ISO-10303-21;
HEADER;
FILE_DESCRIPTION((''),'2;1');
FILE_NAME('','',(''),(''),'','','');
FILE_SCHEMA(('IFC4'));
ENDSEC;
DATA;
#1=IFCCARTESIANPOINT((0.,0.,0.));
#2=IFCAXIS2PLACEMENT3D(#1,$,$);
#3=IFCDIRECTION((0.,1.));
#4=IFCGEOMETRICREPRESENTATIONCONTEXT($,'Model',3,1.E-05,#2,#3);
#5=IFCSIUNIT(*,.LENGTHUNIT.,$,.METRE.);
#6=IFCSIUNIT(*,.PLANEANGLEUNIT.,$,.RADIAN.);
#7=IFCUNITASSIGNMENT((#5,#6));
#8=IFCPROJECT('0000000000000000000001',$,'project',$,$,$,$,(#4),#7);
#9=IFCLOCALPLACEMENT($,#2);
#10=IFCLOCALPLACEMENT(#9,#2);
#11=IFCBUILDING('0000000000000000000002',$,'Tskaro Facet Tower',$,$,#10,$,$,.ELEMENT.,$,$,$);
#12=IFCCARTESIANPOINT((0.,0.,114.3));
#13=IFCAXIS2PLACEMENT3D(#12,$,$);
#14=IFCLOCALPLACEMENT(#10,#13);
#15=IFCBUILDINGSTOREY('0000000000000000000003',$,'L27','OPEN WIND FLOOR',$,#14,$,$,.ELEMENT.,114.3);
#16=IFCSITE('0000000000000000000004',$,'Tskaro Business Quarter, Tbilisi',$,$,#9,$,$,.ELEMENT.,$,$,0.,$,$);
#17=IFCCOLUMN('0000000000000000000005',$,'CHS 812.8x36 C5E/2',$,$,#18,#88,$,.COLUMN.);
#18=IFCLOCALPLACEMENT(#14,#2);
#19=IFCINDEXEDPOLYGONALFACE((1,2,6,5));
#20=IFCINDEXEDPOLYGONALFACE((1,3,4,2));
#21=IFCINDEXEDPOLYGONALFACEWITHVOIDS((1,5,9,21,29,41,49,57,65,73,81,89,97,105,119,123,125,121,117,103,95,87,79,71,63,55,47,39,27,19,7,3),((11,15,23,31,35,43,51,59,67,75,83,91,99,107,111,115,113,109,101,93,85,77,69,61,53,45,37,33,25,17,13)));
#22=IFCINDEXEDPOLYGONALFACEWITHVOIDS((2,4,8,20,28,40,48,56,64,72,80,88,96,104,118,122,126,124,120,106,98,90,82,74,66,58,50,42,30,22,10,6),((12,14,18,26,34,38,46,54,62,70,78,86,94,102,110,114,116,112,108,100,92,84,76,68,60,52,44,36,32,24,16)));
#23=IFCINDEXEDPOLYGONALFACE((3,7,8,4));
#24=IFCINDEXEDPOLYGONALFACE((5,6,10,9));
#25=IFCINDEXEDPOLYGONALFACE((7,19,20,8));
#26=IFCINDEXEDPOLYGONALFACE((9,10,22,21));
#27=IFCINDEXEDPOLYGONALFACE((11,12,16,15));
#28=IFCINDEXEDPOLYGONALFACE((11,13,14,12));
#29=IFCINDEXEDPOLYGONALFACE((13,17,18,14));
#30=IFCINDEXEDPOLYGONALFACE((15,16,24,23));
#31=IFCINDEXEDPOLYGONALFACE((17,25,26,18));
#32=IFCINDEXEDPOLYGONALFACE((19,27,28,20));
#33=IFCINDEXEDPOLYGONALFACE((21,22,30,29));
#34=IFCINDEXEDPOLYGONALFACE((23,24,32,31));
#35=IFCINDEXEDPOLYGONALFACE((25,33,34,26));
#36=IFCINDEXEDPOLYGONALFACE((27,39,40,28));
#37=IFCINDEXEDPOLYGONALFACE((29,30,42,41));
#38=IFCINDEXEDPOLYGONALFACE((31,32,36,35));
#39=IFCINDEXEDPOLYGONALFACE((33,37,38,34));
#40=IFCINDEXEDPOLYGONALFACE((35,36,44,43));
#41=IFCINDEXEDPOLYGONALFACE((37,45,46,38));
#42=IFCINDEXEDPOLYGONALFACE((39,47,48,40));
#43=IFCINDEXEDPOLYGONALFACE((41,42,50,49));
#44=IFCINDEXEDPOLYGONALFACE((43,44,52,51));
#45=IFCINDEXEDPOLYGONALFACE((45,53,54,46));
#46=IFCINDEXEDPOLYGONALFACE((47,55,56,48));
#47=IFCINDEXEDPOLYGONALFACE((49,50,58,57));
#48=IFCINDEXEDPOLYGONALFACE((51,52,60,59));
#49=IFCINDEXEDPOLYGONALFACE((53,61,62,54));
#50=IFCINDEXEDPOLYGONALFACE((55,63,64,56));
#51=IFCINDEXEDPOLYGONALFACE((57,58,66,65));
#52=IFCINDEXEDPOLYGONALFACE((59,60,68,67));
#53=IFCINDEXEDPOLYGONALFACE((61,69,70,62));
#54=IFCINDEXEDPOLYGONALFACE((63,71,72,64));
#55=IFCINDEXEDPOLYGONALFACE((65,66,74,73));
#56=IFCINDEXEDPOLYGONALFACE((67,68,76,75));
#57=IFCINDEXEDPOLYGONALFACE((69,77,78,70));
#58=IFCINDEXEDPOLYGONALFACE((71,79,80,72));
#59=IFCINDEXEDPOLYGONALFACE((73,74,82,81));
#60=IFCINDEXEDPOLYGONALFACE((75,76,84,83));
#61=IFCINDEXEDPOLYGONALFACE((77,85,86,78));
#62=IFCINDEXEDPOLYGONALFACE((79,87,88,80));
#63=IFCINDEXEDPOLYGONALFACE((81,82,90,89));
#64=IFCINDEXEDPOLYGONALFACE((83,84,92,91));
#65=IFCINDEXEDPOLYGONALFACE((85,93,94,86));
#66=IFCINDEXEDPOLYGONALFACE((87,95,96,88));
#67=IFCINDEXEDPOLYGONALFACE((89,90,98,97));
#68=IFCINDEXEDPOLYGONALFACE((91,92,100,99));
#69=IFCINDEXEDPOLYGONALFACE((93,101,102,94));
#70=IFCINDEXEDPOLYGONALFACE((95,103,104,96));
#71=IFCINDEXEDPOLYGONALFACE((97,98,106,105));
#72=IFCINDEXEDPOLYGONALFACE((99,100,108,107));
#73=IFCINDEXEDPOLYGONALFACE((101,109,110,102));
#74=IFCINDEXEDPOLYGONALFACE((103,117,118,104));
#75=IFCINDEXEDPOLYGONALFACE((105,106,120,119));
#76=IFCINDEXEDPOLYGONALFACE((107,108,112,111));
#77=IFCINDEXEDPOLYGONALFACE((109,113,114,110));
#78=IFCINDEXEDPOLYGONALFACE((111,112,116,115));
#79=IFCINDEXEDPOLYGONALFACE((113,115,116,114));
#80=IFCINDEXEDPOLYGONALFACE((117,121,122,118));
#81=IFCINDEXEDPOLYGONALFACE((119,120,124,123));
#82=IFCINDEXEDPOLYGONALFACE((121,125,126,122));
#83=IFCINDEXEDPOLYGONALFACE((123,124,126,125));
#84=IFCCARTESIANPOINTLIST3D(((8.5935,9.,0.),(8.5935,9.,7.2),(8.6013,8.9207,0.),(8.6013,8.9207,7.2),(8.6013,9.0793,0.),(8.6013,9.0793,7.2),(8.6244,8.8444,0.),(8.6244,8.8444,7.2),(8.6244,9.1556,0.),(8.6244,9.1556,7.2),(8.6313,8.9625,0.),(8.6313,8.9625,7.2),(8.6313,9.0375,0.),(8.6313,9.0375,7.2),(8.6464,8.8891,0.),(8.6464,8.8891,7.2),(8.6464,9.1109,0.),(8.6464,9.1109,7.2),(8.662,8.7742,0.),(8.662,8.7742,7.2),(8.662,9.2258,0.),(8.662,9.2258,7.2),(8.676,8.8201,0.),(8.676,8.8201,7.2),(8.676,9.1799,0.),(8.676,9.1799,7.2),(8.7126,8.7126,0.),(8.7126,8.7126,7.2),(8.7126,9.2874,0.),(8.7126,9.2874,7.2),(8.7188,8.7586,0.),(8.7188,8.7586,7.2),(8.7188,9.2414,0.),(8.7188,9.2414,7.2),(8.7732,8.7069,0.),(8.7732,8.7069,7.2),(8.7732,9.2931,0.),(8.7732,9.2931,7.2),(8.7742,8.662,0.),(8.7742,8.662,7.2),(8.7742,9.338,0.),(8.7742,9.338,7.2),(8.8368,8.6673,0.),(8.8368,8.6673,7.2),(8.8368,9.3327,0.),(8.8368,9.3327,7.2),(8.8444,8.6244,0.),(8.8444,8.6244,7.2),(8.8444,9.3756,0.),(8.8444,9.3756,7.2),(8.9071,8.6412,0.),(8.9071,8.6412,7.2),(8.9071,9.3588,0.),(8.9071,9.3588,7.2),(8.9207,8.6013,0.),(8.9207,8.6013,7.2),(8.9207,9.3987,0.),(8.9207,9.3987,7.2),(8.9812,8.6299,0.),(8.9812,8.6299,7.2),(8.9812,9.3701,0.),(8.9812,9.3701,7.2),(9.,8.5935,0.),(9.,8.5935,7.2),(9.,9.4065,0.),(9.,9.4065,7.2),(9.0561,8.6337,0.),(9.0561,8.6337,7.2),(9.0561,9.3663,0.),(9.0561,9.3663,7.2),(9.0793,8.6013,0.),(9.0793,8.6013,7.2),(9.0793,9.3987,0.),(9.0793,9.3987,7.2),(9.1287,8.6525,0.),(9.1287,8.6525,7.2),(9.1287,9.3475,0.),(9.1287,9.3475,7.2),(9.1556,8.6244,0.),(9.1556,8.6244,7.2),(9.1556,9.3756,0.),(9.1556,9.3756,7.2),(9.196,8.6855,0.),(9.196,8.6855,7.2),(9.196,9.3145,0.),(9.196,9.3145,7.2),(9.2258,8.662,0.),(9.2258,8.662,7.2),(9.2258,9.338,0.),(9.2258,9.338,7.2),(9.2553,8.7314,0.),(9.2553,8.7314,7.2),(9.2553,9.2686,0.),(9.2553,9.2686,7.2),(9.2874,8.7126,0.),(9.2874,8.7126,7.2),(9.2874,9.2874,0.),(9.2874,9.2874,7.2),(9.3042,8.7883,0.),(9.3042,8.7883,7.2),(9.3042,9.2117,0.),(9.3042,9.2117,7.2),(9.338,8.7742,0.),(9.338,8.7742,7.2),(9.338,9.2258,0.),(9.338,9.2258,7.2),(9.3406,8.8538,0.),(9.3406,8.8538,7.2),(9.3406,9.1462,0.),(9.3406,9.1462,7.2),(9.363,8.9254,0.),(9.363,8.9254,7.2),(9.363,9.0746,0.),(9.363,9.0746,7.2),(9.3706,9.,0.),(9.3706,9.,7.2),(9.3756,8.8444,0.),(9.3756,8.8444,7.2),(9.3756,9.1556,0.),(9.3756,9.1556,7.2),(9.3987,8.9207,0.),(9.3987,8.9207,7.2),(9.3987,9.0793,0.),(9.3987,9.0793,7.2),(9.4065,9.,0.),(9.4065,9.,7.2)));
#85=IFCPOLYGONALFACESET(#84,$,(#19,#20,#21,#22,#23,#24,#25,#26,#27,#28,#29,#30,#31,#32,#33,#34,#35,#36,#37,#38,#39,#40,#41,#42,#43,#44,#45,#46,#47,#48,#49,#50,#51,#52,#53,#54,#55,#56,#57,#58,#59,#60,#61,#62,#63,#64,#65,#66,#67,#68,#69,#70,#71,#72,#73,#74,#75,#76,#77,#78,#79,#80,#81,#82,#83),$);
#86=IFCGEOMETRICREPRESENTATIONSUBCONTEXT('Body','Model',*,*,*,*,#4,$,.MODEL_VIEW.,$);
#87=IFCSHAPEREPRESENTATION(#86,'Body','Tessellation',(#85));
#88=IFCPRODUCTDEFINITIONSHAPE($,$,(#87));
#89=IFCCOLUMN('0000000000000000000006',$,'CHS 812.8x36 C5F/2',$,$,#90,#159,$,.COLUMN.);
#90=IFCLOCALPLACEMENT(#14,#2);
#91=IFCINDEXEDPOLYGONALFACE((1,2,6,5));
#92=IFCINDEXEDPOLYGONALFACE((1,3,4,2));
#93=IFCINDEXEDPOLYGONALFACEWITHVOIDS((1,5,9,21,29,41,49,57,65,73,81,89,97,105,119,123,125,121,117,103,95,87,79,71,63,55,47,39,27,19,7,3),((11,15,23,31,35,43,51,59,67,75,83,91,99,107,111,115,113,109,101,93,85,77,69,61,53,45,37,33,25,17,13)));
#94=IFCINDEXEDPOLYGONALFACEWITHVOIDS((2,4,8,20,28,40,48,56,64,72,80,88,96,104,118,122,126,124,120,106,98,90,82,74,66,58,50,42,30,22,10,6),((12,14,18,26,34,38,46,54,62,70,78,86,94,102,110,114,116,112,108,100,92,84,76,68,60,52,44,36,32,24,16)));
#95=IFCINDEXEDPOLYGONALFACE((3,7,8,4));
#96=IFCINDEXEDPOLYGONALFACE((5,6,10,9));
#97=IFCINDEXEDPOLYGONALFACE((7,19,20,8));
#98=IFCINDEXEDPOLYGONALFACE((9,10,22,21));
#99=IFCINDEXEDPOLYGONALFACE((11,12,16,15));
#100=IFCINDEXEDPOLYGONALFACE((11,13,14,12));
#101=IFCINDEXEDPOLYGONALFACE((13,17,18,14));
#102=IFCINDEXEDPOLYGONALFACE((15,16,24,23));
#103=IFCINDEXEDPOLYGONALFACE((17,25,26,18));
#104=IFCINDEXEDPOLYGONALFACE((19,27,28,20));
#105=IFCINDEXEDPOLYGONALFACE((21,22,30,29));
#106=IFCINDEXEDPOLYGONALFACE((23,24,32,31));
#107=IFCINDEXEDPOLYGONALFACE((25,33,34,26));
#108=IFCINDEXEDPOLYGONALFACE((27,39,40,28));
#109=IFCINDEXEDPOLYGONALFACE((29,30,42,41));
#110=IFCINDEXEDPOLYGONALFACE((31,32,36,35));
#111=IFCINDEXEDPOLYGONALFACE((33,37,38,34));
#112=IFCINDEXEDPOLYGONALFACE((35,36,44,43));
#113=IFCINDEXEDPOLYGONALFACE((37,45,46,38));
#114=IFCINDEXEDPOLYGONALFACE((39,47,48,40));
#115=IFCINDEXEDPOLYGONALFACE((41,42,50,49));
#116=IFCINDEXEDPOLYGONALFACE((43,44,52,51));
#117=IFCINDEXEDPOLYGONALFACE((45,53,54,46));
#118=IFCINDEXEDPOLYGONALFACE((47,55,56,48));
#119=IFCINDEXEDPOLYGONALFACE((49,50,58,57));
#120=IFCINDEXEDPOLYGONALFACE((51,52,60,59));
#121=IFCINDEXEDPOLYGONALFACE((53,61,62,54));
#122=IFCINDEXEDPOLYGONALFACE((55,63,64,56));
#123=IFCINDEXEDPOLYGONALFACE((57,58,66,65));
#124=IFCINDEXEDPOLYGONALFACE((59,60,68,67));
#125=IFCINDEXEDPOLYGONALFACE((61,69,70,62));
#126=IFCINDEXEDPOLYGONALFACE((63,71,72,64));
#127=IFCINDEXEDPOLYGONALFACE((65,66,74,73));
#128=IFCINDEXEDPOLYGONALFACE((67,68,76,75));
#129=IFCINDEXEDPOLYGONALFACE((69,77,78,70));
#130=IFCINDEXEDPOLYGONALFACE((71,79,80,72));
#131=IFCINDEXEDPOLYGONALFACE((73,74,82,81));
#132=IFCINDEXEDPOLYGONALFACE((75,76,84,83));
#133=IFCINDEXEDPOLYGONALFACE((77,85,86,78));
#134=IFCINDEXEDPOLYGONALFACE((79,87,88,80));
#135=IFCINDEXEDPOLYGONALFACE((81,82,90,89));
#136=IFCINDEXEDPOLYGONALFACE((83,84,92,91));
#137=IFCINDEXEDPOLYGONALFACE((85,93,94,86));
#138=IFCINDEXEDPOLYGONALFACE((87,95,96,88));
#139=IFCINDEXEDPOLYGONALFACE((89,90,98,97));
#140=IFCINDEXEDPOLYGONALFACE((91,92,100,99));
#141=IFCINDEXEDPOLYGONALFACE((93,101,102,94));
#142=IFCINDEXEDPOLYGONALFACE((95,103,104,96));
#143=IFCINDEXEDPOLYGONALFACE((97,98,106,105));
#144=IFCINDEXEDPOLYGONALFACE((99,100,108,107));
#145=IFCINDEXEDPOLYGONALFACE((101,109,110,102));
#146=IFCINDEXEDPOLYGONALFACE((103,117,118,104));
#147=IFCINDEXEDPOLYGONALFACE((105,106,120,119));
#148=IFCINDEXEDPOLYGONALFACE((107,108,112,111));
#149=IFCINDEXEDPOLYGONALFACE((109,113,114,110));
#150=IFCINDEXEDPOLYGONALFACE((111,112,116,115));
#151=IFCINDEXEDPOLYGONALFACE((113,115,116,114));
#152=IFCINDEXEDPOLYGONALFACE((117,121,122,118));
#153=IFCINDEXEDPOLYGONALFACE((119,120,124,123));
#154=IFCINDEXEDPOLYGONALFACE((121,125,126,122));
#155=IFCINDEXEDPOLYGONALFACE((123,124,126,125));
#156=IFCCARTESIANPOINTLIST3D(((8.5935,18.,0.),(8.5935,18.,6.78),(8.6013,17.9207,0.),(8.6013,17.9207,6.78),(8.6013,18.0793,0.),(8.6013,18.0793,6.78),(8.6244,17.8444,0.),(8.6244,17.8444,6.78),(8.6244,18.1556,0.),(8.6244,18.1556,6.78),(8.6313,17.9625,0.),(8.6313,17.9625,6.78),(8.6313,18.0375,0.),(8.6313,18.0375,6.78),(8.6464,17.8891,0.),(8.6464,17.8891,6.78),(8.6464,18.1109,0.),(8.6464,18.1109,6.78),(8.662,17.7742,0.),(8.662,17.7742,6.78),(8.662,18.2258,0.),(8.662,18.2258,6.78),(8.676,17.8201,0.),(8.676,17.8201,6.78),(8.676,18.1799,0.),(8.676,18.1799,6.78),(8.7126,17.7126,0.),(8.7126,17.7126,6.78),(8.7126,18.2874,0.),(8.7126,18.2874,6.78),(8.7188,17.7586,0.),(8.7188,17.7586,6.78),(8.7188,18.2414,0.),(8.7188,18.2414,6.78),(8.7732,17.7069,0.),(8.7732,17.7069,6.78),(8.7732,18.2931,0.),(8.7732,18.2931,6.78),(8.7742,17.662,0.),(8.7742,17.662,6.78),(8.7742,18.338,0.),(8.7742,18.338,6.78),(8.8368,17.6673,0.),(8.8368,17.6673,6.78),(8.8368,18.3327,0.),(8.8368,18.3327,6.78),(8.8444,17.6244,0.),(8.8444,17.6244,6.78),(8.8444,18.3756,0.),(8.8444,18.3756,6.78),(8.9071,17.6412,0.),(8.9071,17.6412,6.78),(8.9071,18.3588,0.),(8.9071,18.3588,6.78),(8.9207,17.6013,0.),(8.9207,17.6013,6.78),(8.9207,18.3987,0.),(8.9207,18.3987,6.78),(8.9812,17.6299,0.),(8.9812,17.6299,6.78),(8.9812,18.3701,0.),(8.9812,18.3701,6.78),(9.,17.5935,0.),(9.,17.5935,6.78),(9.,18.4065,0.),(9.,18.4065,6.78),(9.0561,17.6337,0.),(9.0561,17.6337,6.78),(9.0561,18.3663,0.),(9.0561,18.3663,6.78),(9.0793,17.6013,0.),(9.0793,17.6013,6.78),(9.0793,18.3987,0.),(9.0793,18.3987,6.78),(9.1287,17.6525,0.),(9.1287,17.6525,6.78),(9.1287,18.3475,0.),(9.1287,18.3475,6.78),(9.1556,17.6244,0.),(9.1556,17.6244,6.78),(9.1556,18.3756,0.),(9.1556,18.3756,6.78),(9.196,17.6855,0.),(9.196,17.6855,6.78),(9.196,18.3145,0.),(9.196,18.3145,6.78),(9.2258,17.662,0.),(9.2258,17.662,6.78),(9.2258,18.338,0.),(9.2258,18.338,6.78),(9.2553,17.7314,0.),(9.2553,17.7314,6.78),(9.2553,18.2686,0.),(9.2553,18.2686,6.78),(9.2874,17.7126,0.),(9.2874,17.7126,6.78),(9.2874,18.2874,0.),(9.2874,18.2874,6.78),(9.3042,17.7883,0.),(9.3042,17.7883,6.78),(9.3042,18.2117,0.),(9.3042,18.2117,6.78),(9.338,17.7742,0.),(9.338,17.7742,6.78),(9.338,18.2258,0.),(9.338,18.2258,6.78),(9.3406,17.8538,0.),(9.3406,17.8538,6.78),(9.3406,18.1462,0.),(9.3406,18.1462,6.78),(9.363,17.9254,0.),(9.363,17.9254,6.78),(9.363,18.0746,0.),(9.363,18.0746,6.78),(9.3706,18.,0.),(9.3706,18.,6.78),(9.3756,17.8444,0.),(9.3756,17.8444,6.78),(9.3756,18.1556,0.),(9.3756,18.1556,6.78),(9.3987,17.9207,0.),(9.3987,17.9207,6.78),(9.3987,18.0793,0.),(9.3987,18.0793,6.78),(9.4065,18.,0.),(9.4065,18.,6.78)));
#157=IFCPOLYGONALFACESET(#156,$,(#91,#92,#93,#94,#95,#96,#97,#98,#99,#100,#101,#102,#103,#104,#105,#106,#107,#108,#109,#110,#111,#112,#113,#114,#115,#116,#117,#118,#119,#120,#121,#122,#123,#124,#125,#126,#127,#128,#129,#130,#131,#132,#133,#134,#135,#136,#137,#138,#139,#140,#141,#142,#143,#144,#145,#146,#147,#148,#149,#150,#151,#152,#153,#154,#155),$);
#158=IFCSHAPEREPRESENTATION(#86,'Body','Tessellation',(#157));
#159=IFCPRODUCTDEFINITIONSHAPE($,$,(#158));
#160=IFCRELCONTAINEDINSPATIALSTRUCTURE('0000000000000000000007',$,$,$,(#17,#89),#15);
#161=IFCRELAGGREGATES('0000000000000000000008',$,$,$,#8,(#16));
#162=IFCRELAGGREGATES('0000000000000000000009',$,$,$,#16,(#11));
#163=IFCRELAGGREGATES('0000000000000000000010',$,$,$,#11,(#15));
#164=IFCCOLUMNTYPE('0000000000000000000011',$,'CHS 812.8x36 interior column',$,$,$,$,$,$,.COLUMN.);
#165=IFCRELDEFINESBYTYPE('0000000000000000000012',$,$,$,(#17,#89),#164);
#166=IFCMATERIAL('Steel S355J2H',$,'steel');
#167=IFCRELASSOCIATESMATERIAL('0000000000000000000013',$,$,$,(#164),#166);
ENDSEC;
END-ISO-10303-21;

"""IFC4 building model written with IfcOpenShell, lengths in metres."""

from ifc_helpers import new_model, si_unit, direction, frame, origin, origin_2d, place, context, subcontext, project, spatial, hollow_circle, extrude, material, material_profile, profile_set, type_object, element, save


model = new_model("IFC4")

# Units and contexts
model_context = context("Model", 3, precision=1e-05, world=origin(), true_north=direction((0.0, 1.0)))
body_context = subcontext(model_context, "Body", "Model", "MODEL_VIEW")
ifc_project = project(units=[si_unit("LENGTHUNIT", "METRE"), si_unit("PLANEANGLEUNIT", "RADIAN")], contexts=[model_context])

# Site, building, storey
site_placement = place(None, origin())
site = spatial("IfcSite", under=ifc_project, at=site_placement, Name="Tskaro Business Quarter, Tbilisi", CompositionType="ELEMENT", RefElevation=0.0)
building_placement = place(site_placement, origin())
building = spatial("IfcBuilding", under=site, at=building_placement, Name="Tskaro Facet Tower", CompositionType="ELEMENT")
storey_placement = place(building_placement, frame((0.0, 0.0, 114.3)))
storey = spatial("IfcBuildingStorey", under=building, at=storey_placement, Name="L27", Description="OPEN WIND FLOOR", CompositionType="ELEMENT", Elevation=114.3)

# Columns
ifc_material_1 = material(Name="Steel S355J2H", Category="steel")
ifc_material_profile_1 = material_profile(ifc_material_1, hollow_circle(Radius=0.4065, WallThickness=0.0359, at=origin_2d()), Name="CHS 812.8x36")
ifc_profile_set_1 = profile_set([ifc_material_profile_1], Name="Steel S355J2H")
column_type = type_object("IfcColumnType", Name="CHS 812.8x36 interior column", PredefinedType="COLUMN", material=ifc_profile_set_1)
column_1_placement = place(storey_placement, frame((9.0, 9.0, 0.0), z_axis=(0.0, 0.0, 1.0), x_axis=(1.0, 0.0, 0.0)))
element("IfcColumn", 1, at=column_1_placement, inside=storey, type_object=column_type, Name="CHS 812.8x36 C5E/2", PredefinedType="COLUMN", context=body_context, shape_type="SweptSolid", body=[
    extrude(hollow_circle(Radius=0.4065, WallThickness=0.0359, at=origin_2d()), origin(), (0.0, 0.0, 1.0), 7.2),
])
column_2_placement = place(storey_placement, frame((9.0, 18.0, 0.0), z_axis=(0.0, 0.0, 1.0), x_axis=(1.0, 0.0, 0.0)))
element("IfcColumn", 2, at=column_2_placement, inside=storey, type_object=column_type, Name="CHS 812.8x36 C5F/2", PredefinedType="COLUMN", context=body_context, shape_type="SweptSolid", body=[
    extrude(hollow_circle(Radius=0.4065, WallThickness=0.0359, at=origin_2d()), origin(), (0.0, 0.0, 1.0), 6.78),
])

save(model, "model.ifc")
